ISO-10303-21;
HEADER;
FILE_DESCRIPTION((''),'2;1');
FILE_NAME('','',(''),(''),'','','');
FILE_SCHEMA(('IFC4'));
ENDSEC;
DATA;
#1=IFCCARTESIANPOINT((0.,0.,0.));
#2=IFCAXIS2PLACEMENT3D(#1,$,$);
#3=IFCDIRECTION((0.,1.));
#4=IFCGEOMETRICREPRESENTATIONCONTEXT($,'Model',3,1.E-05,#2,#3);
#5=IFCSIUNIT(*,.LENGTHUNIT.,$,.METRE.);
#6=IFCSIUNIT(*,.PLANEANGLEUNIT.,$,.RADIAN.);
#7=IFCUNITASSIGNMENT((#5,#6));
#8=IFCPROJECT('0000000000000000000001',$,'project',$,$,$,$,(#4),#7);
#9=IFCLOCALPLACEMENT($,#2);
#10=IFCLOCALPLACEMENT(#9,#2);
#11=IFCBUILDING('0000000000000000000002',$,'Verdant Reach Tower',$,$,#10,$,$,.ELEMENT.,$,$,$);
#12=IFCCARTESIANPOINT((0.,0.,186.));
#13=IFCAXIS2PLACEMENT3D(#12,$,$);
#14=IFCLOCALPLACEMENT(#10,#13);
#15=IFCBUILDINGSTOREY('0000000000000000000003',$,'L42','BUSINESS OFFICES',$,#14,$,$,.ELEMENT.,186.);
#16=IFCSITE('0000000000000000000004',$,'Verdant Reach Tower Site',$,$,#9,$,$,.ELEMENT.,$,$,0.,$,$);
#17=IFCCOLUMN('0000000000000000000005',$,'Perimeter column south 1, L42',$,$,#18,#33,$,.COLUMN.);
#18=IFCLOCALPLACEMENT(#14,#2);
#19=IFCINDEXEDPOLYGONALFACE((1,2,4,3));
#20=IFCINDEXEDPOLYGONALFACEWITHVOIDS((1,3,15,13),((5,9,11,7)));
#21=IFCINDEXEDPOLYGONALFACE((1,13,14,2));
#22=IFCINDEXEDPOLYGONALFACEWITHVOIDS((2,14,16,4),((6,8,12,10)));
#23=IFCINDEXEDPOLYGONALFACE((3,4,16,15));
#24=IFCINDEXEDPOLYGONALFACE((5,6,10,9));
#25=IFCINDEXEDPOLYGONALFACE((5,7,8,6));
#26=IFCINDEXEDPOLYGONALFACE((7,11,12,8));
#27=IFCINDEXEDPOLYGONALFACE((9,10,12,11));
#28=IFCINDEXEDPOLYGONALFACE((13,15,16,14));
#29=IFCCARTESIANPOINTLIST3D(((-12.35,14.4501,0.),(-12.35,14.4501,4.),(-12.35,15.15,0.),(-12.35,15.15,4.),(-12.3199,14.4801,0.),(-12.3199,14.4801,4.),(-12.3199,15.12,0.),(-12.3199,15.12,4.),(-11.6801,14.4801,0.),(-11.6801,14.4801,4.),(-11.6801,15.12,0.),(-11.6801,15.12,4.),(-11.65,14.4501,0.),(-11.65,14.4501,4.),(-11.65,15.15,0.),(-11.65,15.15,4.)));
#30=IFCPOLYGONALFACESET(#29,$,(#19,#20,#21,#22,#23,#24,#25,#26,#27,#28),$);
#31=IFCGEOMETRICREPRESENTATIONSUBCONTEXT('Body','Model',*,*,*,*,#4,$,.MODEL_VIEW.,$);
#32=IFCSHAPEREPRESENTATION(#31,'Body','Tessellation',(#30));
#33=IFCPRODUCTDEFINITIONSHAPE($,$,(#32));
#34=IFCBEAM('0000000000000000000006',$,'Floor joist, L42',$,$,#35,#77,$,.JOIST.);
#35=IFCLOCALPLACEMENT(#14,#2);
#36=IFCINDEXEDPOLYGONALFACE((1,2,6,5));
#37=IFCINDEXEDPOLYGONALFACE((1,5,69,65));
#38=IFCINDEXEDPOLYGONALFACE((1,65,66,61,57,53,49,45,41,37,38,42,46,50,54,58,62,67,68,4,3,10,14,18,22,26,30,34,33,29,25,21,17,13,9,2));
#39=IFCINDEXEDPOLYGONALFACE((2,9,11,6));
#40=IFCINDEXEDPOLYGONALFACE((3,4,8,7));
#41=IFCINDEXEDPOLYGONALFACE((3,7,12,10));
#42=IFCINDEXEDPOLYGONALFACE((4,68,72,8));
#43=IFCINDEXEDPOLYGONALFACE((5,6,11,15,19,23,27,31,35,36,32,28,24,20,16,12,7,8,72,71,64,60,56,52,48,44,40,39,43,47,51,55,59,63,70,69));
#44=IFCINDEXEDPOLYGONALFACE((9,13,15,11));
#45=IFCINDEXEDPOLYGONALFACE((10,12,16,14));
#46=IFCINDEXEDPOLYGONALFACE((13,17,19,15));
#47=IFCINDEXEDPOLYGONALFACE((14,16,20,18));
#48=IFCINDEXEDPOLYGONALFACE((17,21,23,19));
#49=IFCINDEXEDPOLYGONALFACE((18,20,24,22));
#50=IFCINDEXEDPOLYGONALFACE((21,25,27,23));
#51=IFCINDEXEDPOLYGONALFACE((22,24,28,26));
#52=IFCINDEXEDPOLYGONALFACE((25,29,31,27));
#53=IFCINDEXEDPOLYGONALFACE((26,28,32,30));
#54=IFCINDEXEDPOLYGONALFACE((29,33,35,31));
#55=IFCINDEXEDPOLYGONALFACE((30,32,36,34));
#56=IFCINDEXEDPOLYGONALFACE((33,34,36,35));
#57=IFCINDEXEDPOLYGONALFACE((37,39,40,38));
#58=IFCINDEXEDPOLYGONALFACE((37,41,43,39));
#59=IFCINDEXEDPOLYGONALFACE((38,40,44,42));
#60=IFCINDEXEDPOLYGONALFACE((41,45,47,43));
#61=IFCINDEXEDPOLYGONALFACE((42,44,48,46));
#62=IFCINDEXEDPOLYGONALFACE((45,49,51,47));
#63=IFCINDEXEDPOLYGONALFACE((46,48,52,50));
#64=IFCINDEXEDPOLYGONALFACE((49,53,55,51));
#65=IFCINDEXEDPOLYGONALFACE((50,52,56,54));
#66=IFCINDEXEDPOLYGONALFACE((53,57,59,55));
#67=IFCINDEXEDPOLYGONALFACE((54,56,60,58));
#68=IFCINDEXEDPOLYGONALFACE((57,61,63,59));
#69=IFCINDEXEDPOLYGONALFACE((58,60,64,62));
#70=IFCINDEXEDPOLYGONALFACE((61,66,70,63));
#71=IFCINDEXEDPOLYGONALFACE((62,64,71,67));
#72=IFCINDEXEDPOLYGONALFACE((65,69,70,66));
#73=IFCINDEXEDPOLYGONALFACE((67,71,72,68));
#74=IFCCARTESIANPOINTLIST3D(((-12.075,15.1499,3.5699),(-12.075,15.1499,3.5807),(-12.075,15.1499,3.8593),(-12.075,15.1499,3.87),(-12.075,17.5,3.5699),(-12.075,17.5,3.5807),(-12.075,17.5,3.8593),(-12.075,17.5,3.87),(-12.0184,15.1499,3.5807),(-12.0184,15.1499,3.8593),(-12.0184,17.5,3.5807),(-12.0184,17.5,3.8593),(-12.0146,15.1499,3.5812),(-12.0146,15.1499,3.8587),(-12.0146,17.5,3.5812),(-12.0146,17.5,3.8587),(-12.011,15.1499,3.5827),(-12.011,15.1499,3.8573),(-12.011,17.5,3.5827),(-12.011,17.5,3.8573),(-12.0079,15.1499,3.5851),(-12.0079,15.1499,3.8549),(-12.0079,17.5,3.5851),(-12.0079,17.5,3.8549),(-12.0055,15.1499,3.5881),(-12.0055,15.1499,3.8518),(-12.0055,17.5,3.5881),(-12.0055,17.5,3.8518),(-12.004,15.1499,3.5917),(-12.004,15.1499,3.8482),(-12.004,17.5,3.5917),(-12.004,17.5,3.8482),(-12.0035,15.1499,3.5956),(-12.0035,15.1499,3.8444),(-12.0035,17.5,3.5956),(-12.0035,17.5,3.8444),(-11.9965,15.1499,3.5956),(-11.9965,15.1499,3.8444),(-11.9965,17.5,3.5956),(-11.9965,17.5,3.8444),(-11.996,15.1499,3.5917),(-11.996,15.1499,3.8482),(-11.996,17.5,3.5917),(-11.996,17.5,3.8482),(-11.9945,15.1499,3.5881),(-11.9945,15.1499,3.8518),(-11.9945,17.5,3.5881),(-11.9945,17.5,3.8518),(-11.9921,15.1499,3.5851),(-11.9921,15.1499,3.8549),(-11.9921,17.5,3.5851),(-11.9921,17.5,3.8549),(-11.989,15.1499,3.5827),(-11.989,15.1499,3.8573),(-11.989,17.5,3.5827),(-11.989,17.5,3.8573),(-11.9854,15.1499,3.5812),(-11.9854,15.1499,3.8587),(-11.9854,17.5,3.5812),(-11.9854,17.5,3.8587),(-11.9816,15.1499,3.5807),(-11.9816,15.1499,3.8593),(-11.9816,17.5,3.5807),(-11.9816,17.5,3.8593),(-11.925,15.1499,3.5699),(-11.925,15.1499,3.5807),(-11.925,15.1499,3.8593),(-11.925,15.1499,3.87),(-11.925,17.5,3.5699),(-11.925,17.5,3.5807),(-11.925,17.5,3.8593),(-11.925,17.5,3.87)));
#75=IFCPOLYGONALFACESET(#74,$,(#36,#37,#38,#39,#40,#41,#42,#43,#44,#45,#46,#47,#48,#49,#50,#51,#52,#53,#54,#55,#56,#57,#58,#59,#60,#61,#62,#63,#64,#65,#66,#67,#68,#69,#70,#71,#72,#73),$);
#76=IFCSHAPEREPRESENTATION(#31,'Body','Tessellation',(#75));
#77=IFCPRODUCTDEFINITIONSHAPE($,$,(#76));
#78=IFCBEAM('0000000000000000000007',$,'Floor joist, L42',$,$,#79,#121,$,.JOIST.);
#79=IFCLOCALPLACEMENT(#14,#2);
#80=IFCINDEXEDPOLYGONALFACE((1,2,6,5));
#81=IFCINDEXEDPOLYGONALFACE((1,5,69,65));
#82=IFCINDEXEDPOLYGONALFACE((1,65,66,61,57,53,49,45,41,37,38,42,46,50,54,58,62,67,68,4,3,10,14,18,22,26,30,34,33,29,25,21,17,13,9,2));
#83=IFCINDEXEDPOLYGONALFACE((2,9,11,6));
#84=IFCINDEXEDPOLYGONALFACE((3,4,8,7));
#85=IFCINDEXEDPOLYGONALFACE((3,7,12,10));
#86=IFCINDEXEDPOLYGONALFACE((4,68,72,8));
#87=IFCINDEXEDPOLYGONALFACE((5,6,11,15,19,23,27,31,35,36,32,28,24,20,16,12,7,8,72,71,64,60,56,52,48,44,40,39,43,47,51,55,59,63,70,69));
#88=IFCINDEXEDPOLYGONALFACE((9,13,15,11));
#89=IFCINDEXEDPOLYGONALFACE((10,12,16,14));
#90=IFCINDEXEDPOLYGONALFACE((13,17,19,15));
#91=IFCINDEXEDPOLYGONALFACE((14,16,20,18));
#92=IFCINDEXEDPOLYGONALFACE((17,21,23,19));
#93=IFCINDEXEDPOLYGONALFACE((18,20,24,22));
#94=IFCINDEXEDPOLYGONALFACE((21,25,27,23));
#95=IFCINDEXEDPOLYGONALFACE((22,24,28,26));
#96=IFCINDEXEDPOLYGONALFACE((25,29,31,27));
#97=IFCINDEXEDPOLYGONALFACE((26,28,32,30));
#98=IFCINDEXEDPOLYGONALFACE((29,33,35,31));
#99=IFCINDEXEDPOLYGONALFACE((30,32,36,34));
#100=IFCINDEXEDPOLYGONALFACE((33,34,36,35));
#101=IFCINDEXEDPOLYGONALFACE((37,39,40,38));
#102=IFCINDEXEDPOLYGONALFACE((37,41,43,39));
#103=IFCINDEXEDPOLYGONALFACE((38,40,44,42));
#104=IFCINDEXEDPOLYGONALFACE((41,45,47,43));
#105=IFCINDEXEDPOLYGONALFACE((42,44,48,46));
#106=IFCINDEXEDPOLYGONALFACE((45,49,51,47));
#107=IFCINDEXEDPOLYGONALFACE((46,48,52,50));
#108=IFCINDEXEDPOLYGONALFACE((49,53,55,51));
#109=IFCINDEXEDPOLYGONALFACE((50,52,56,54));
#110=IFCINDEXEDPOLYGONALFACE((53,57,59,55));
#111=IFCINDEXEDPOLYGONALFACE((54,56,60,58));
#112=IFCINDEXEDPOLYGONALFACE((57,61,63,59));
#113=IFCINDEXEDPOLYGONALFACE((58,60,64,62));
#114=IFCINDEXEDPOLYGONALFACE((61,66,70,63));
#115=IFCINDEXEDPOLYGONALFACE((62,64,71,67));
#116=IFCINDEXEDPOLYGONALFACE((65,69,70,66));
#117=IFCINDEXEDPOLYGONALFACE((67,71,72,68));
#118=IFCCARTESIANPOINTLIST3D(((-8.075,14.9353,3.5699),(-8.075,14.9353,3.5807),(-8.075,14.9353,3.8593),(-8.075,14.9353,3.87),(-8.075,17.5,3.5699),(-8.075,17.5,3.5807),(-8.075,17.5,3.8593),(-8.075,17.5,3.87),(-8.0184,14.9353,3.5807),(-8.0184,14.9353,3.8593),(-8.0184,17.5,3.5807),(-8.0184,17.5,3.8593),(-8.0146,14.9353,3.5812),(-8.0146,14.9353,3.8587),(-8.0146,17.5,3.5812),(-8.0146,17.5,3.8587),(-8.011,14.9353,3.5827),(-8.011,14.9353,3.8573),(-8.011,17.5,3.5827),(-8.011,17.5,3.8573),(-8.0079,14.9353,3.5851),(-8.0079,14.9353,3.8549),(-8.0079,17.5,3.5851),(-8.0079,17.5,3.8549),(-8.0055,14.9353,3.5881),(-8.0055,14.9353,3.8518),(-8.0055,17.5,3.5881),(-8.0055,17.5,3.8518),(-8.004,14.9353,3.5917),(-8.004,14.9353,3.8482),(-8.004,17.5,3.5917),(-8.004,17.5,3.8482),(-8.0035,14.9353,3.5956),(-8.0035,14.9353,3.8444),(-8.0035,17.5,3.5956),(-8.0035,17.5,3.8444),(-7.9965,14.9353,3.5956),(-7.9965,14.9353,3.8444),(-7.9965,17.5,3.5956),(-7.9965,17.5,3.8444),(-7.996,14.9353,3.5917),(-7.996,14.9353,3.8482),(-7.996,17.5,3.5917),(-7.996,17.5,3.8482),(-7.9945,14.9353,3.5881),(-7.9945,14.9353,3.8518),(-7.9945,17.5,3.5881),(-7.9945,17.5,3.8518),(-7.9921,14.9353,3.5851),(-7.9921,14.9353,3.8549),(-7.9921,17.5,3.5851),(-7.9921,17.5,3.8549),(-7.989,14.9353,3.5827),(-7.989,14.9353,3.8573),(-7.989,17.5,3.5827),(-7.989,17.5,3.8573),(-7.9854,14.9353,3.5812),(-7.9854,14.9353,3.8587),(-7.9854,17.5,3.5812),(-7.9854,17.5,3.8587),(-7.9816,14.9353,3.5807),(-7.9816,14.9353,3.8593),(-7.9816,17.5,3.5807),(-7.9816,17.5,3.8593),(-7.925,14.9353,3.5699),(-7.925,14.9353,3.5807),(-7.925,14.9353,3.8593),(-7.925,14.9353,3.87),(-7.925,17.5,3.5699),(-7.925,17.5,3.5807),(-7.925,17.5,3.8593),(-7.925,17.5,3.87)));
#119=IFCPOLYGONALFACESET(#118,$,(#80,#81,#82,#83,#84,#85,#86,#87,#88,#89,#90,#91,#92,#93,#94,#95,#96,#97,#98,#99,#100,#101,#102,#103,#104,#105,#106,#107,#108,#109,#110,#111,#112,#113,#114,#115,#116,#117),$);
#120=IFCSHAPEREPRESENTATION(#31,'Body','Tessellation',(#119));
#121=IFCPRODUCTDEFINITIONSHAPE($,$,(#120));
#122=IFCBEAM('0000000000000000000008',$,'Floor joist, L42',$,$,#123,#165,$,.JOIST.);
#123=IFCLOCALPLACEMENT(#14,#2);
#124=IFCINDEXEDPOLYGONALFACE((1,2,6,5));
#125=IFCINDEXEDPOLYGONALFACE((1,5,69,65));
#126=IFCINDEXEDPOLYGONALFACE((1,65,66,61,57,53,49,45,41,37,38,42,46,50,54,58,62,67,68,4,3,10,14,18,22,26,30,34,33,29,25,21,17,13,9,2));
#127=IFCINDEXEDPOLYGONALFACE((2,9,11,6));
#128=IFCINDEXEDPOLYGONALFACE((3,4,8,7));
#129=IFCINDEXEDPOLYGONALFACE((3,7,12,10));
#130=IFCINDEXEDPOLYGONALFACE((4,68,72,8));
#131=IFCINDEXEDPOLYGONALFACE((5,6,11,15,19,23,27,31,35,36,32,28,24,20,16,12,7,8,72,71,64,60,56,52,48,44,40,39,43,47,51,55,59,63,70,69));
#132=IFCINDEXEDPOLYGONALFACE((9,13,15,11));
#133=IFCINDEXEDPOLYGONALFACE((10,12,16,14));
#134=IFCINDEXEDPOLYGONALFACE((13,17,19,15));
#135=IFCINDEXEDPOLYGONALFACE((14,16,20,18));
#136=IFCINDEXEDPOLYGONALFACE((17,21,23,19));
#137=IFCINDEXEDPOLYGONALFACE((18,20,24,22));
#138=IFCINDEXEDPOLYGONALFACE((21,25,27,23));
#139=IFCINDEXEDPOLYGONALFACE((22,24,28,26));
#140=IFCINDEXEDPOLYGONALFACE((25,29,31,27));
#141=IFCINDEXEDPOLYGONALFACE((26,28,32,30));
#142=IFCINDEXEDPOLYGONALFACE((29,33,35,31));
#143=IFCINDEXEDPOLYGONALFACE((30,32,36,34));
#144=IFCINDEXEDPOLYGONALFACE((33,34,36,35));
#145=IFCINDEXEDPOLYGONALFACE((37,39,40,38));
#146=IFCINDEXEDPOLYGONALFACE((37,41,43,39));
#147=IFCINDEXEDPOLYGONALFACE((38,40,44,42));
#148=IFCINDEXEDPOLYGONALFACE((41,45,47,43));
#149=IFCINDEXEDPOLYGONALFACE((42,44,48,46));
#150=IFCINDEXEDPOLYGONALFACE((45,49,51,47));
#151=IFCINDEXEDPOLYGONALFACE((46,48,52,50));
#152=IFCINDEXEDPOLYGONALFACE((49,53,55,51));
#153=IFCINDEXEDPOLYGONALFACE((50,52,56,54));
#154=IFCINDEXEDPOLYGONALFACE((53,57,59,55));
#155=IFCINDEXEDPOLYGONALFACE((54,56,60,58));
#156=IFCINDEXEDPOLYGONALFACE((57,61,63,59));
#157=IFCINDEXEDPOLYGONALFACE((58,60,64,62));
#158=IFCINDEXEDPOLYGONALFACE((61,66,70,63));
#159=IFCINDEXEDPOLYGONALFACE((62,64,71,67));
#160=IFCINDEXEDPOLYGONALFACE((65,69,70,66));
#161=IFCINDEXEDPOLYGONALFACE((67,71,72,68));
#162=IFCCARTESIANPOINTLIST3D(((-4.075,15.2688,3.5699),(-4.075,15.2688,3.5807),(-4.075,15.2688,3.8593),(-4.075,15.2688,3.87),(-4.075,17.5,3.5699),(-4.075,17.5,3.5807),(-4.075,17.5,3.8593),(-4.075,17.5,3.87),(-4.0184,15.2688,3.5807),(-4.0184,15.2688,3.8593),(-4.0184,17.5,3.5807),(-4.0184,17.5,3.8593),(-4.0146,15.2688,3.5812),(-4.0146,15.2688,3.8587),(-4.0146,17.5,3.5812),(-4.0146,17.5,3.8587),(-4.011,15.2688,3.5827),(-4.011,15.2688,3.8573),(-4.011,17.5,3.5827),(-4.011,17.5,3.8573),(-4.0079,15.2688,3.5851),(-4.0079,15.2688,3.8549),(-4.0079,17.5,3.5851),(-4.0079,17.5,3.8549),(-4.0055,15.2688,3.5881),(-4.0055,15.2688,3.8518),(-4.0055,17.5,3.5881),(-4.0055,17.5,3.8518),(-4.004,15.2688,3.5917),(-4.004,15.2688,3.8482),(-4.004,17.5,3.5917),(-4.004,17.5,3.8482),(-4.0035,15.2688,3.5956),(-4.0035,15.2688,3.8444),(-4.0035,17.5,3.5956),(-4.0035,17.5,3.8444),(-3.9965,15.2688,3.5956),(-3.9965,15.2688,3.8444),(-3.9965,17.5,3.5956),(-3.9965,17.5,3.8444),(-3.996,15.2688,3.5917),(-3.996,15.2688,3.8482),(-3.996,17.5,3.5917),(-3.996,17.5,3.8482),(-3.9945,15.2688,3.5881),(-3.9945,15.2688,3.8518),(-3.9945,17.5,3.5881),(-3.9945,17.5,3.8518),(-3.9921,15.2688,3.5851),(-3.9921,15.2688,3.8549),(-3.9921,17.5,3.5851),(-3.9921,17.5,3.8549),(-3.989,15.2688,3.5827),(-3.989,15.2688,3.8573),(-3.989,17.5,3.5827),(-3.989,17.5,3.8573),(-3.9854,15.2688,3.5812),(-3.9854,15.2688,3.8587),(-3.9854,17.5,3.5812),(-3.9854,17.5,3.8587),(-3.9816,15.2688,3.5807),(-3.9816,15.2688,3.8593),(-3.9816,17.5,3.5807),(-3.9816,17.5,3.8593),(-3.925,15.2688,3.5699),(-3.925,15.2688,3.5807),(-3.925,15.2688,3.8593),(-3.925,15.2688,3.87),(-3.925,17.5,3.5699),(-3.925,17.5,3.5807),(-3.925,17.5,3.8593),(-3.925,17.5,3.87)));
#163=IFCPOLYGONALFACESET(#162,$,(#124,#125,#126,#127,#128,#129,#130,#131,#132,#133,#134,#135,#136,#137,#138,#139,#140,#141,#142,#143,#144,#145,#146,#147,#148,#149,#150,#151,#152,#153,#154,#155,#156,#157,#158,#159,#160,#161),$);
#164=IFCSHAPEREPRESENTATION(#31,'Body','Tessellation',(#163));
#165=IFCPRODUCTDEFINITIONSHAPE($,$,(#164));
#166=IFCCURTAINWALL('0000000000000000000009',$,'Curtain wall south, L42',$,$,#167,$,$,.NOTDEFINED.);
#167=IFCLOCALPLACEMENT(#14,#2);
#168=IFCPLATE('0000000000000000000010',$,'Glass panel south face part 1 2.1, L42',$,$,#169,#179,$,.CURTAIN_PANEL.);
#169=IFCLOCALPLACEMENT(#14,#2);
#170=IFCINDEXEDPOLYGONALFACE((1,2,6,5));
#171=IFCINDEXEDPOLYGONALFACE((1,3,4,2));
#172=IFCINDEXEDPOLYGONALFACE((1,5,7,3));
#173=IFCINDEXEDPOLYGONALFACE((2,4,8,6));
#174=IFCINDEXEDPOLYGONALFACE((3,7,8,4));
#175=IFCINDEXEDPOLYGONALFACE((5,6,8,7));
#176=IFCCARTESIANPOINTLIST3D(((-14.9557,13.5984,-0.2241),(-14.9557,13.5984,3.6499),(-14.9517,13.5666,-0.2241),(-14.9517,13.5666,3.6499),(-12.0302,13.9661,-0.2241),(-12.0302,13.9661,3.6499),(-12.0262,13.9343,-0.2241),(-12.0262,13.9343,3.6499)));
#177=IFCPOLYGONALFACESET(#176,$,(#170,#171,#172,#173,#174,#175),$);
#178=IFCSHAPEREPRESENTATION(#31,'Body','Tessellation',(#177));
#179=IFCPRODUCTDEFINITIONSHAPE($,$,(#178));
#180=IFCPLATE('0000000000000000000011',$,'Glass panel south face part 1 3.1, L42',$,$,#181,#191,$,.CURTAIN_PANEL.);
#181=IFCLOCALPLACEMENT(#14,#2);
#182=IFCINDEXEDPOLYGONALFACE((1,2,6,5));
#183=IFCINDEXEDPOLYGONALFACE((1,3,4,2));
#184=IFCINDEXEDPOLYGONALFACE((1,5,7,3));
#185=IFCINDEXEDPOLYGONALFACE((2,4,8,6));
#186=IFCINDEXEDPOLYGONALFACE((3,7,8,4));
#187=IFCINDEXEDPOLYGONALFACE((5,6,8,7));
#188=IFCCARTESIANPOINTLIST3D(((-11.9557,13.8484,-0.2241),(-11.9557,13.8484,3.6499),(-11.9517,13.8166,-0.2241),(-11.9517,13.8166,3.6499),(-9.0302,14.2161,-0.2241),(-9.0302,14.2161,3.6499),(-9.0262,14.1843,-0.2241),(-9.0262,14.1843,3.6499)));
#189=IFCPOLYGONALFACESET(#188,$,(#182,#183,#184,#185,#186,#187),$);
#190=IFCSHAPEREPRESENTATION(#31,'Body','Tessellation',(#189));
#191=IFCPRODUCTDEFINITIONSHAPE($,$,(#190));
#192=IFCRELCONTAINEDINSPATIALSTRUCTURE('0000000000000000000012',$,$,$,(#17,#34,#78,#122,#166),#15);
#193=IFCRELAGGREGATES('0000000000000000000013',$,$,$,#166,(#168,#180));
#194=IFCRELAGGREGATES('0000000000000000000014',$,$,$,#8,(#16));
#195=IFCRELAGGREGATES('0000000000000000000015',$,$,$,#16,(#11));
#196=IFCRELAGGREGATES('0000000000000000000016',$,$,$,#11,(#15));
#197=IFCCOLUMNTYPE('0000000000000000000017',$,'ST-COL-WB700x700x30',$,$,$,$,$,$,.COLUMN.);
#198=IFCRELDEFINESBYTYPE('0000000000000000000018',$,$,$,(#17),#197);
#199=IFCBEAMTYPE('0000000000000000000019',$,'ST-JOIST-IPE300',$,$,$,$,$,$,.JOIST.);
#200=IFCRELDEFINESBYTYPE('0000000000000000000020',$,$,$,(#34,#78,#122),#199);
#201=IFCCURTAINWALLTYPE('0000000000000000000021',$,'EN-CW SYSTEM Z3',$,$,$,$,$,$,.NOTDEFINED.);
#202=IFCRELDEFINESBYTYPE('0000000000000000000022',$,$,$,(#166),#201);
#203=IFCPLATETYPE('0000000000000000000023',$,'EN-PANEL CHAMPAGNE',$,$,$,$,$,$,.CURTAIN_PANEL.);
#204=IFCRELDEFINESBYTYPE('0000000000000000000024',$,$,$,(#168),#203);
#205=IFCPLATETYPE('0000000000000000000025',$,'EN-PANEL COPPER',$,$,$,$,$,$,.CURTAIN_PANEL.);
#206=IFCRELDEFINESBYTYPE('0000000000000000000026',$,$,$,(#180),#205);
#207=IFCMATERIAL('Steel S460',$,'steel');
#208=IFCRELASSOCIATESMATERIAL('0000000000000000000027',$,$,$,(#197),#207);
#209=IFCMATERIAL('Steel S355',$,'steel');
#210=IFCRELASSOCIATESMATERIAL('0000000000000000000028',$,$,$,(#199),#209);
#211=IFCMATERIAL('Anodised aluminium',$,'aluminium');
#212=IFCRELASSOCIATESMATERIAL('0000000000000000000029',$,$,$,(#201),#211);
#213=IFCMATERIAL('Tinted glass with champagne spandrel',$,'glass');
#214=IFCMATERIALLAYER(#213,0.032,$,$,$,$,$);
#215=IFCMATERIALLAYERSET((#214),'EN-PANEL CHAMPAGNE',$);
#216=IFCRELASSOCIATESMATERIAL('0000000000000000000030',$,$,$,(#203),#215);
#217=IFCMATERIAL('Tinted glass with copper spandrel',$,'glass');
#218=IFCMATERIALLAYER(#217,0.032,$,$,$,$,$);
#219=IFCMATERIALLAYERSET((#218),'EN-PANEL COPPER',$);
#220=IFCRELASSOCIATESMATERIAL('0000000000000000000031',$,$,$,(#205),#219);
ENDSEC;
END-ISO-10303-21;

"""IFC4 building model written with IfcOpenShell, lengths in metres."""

from ifc_helpers import new_model, si_unit, direction, frame, origin, origin_2d, place, context, subcontext, project, spatial, rectangle, hollow_rectangle, i_section, extrude, material, layer, layer_set, material_profile, profile_set, type_object, element, aggregate, save


model = new_model("IFC4")

# Units and contexts
model_context = context("Model", 3, precision=1e-05, world=origin(), true_north=direction((0.0, 1.0)))
body_context = subcontext(model_context, "Body", "Model", "MODEL_VIEW")
ifc_project = project(units=[si_unit("LENGTHUNIT", "METRE"), si_unit("PLANEANGLEUNIT", "RADIAN")], contexts=[model_context])

# Site, building, storey
site_placement = place(None, origin())
site = spatial("IfcSite", under=ifc_project, at=site_placement, Name="Verdant Reach Tower Site", CompositionType="ELEMENT", RefElevation=0.0)
building_placement = place(site_placement, origin())
building = spatial("IfcBuilding", under=site, at=building_placement, Name="Verdant Reach Tower", CompositionType="ELEMENT")
storey_placement = place(building_placement, frame((0.0, 0.0, 186.0)))
storey = spatial("IfcBuildingStorey", under=building, at=storey_placement, Name="L42", Description="BUSINESS OFFICES", CompositionType="ELEMENT", Elevation=186.0)

# Column
ifc_material_1 = material(Name="Steel S460", Category="steel")
ifc_material_profile_1 = material_profile(ifc_material_1, hollow_rectangle(XDim=0.7, YDim=0.7, WallThickness=0.03, at=origin_2d()), Name="WB 700x700x30")
ifc_profile_set_1 = profile_set([ifc_material_profile_1], Name="Steel S460")
column_type = type_object("IfcColumnType", Name="ST-COL-WB700x700x30", PredefinedType="COLUMN", material=ifc_profile_set_1)
column_placement = place(storey_placement, frame((-12.0, 14.8, 0.0), z_axis=(0.0, 0.0, 1.0), x_axis=(1.0, 0.0, 0.0)))
element("IfcColumn", 1, at=column_placement, inside=storey, type_object=column_type, Name="Perimeter column south 1, L42", PredefinedType="COLUMN", context=body_context, shape_type="SweptSolid", body=[
    extrude(hollow_rectangle(XDim=0.7, YDim=0.7, WallThickness=0.03, at=origin_2d()), origin(), (0.0, 0.0, 1.0), 4.0),
])

# Beams
ifc_material_2 = material(Name="Steel S355", Category="steel")
ifc_material_profile_2 = material_profile(ifc_material_2, i_section(OverallWidth=0.1499, OverallDepth=0.3, WebThickness=0.0071, FlangeThickness=0.0107, FilletRadius=0.0149, at=origin_2d()), Name="IPE 300")
ifc_profile_set_2 = profile_set([ifc_material_profile_2], Name="Steel S355")
beam_type = type_object("IfcBeamType", Name="ST-JOIST-IPE300", PredefinedType="JOIST", material=ifc_profile_set_2)
beam_1_placement = place(storey_placement, frame((-12.0, 17.5, 3.72), z_axis=(0.0, -1.0, 0.0), x_axis=(1.0, 0.0, 0.0)))
element("IfcBeam", 2, at=beam_1_placement, inside=storey, type_object=beam_type, Name="Floor joist, L42", PredefinedType="JOIST", context=body_context, shape_type="SweptSolid", body=[
    extrude(i_section(OverallWidth=0.1499, OverallDepth=0.3, WebThickness=0.0071, FlangeThickness=0.0107, FilletRadius=0.0149, at=origin_2d()), origin(), (0.0, 0.0, 1.0), 2.3501),
])
beam_2_placement = place(storey_placement, frame((-8.0, 17.5, 3.72), z_axis=(0.0, -1.0, 0.0), x_axis=(1.0, 0.0, 0.0)))
element("IfcBeam", 3, at=beam_2_placement, inside=storey, type_object=beam_type, Name="Floor joist, L42", PredefinedType="JOIST", context=body_context, shape_type="SweptSolid", body=[
    extrude(i_section(OverallWidth=0.1499, OverallDepth=0.3, WebThickness=0.0071, FlangeThickness=0.0107, FilletRadius=0.0149, at=origin_2d()), origin(), (0.0, 0.0, 1.0), 2.5647),
])
beam_3_placement = place(storey_placement, frame((-4.0, 17.5, 3.72), z_axis=(0.0, -1.0, 0.0), x_axis=(1.0, 0.0, 0.0)))
element("IfcBeam", 4, at=beam_3_placement, inside=storey, type_object=beam_type, Name="Floor joist, L42", PredefinedType="JOIST", context=body_context, shape_type="SweptSolid", body=[
    extrude(i_section(OverallWidth=0.1499, OverallDepth=0.3, WebThickness=0.0071, FlangeThickness=0.0107, FilletRadius=0.0149, at=origin_2d()), origin(), (0.0, 0.0, 1.0), 2.2312),
])

# Curtain wall, plates
ifc_material_3 = material(Name="Anodised aluminium", Category="aluminium")
curtain_wall_type = type_object("IfcCurtainWallType", Name="EN-CW SYSTEM Z3", PredefinedType="NOTDEFINED", material=ifc_material_3)
curtain_wall_placement = place(storey_placement, origin())
curtain_wall = element("IfcCurtainWall", 5, at=curtain_wall_placement, inside=storey, type_object=curtain_wall_type, Name="Curtain wall south, L42", PredefinedType="NOTDEFINED")
ifc_material_4 = material(Name="Tinted glass with champagne spandrel", Category="glass")
ifc_layer_1 = layer(ifc_material_4, 0.032)
ifc_layer_set_1 = layer_set([ifc_layer_1], Name="EN-PANEL CHAMPAGNE")
plate_type_1 = type_object("IfcPlateType", Name="EN-PANEL CHAMPAGNE", PredefinedType="CURTAIN_PANEL", material=ifc_layer_set_1)
plate_1_placement = place(storey_placement, frame((-13.491, 13.7664, -0.2241), z_axis=(0.0, 0.0, 1.0), x_axis=(0.992194, 0.124704, 0.0)))
plate_1 = element("IfcPlate", 6, at=plate_1_placement, type_object=plate_type_1, Name="Glass panel south face part 1 2.1, L42", PredefinedType="CURTAIN_PANEL", context=body_context, shape_type="SweptSolid", body=[
    extrude(rectangle(XDim=2.9485, YDim=0.032, at=origin_2d()), origin(), (0.0, 0.0, 1.0), 3.874),
])
ifc_material_5 = material(Name="Tinted glass with copper spandrel", Category="glass")
ifc_layer_2 = layer(ifc_material_5, 0.032)
ifc_layer_set_2 = layer_set([ifc_layer_2], Name="EN-PANEL COPPER")
plate_type_2 = type_object("IfcPlateType", Name="EN-PANEL COPPER", PredefinedType="CURTAIN_PANEL", material=ifc_layer_set_2)
plate_2_placement = place(storey_placement, frame((-10.491, 14.0164, -0.2241), z_axis=(0.0, 0.0, 1.0), x_axis=(0.992194, 0.124704, 0.0)))
plate_2 = element("IfcPlate", 7, at=plate_2_placement, type_object=plate_type_2, Name="Glass panel south face part 1 3.1, L42", PredefinedType="CURTAIN_PANEL", context=body_context, shape_type="SweptSolid", body=[
    extrude(rectangle(XDim=2.9485, YDim=0.032, at=origin_2d()), origin(), (0.0, 0.0, 1.0), 3.874),
])
aggregate(curtain_wall, [plate_1, plate_2])

save(model, "model.ifc")
